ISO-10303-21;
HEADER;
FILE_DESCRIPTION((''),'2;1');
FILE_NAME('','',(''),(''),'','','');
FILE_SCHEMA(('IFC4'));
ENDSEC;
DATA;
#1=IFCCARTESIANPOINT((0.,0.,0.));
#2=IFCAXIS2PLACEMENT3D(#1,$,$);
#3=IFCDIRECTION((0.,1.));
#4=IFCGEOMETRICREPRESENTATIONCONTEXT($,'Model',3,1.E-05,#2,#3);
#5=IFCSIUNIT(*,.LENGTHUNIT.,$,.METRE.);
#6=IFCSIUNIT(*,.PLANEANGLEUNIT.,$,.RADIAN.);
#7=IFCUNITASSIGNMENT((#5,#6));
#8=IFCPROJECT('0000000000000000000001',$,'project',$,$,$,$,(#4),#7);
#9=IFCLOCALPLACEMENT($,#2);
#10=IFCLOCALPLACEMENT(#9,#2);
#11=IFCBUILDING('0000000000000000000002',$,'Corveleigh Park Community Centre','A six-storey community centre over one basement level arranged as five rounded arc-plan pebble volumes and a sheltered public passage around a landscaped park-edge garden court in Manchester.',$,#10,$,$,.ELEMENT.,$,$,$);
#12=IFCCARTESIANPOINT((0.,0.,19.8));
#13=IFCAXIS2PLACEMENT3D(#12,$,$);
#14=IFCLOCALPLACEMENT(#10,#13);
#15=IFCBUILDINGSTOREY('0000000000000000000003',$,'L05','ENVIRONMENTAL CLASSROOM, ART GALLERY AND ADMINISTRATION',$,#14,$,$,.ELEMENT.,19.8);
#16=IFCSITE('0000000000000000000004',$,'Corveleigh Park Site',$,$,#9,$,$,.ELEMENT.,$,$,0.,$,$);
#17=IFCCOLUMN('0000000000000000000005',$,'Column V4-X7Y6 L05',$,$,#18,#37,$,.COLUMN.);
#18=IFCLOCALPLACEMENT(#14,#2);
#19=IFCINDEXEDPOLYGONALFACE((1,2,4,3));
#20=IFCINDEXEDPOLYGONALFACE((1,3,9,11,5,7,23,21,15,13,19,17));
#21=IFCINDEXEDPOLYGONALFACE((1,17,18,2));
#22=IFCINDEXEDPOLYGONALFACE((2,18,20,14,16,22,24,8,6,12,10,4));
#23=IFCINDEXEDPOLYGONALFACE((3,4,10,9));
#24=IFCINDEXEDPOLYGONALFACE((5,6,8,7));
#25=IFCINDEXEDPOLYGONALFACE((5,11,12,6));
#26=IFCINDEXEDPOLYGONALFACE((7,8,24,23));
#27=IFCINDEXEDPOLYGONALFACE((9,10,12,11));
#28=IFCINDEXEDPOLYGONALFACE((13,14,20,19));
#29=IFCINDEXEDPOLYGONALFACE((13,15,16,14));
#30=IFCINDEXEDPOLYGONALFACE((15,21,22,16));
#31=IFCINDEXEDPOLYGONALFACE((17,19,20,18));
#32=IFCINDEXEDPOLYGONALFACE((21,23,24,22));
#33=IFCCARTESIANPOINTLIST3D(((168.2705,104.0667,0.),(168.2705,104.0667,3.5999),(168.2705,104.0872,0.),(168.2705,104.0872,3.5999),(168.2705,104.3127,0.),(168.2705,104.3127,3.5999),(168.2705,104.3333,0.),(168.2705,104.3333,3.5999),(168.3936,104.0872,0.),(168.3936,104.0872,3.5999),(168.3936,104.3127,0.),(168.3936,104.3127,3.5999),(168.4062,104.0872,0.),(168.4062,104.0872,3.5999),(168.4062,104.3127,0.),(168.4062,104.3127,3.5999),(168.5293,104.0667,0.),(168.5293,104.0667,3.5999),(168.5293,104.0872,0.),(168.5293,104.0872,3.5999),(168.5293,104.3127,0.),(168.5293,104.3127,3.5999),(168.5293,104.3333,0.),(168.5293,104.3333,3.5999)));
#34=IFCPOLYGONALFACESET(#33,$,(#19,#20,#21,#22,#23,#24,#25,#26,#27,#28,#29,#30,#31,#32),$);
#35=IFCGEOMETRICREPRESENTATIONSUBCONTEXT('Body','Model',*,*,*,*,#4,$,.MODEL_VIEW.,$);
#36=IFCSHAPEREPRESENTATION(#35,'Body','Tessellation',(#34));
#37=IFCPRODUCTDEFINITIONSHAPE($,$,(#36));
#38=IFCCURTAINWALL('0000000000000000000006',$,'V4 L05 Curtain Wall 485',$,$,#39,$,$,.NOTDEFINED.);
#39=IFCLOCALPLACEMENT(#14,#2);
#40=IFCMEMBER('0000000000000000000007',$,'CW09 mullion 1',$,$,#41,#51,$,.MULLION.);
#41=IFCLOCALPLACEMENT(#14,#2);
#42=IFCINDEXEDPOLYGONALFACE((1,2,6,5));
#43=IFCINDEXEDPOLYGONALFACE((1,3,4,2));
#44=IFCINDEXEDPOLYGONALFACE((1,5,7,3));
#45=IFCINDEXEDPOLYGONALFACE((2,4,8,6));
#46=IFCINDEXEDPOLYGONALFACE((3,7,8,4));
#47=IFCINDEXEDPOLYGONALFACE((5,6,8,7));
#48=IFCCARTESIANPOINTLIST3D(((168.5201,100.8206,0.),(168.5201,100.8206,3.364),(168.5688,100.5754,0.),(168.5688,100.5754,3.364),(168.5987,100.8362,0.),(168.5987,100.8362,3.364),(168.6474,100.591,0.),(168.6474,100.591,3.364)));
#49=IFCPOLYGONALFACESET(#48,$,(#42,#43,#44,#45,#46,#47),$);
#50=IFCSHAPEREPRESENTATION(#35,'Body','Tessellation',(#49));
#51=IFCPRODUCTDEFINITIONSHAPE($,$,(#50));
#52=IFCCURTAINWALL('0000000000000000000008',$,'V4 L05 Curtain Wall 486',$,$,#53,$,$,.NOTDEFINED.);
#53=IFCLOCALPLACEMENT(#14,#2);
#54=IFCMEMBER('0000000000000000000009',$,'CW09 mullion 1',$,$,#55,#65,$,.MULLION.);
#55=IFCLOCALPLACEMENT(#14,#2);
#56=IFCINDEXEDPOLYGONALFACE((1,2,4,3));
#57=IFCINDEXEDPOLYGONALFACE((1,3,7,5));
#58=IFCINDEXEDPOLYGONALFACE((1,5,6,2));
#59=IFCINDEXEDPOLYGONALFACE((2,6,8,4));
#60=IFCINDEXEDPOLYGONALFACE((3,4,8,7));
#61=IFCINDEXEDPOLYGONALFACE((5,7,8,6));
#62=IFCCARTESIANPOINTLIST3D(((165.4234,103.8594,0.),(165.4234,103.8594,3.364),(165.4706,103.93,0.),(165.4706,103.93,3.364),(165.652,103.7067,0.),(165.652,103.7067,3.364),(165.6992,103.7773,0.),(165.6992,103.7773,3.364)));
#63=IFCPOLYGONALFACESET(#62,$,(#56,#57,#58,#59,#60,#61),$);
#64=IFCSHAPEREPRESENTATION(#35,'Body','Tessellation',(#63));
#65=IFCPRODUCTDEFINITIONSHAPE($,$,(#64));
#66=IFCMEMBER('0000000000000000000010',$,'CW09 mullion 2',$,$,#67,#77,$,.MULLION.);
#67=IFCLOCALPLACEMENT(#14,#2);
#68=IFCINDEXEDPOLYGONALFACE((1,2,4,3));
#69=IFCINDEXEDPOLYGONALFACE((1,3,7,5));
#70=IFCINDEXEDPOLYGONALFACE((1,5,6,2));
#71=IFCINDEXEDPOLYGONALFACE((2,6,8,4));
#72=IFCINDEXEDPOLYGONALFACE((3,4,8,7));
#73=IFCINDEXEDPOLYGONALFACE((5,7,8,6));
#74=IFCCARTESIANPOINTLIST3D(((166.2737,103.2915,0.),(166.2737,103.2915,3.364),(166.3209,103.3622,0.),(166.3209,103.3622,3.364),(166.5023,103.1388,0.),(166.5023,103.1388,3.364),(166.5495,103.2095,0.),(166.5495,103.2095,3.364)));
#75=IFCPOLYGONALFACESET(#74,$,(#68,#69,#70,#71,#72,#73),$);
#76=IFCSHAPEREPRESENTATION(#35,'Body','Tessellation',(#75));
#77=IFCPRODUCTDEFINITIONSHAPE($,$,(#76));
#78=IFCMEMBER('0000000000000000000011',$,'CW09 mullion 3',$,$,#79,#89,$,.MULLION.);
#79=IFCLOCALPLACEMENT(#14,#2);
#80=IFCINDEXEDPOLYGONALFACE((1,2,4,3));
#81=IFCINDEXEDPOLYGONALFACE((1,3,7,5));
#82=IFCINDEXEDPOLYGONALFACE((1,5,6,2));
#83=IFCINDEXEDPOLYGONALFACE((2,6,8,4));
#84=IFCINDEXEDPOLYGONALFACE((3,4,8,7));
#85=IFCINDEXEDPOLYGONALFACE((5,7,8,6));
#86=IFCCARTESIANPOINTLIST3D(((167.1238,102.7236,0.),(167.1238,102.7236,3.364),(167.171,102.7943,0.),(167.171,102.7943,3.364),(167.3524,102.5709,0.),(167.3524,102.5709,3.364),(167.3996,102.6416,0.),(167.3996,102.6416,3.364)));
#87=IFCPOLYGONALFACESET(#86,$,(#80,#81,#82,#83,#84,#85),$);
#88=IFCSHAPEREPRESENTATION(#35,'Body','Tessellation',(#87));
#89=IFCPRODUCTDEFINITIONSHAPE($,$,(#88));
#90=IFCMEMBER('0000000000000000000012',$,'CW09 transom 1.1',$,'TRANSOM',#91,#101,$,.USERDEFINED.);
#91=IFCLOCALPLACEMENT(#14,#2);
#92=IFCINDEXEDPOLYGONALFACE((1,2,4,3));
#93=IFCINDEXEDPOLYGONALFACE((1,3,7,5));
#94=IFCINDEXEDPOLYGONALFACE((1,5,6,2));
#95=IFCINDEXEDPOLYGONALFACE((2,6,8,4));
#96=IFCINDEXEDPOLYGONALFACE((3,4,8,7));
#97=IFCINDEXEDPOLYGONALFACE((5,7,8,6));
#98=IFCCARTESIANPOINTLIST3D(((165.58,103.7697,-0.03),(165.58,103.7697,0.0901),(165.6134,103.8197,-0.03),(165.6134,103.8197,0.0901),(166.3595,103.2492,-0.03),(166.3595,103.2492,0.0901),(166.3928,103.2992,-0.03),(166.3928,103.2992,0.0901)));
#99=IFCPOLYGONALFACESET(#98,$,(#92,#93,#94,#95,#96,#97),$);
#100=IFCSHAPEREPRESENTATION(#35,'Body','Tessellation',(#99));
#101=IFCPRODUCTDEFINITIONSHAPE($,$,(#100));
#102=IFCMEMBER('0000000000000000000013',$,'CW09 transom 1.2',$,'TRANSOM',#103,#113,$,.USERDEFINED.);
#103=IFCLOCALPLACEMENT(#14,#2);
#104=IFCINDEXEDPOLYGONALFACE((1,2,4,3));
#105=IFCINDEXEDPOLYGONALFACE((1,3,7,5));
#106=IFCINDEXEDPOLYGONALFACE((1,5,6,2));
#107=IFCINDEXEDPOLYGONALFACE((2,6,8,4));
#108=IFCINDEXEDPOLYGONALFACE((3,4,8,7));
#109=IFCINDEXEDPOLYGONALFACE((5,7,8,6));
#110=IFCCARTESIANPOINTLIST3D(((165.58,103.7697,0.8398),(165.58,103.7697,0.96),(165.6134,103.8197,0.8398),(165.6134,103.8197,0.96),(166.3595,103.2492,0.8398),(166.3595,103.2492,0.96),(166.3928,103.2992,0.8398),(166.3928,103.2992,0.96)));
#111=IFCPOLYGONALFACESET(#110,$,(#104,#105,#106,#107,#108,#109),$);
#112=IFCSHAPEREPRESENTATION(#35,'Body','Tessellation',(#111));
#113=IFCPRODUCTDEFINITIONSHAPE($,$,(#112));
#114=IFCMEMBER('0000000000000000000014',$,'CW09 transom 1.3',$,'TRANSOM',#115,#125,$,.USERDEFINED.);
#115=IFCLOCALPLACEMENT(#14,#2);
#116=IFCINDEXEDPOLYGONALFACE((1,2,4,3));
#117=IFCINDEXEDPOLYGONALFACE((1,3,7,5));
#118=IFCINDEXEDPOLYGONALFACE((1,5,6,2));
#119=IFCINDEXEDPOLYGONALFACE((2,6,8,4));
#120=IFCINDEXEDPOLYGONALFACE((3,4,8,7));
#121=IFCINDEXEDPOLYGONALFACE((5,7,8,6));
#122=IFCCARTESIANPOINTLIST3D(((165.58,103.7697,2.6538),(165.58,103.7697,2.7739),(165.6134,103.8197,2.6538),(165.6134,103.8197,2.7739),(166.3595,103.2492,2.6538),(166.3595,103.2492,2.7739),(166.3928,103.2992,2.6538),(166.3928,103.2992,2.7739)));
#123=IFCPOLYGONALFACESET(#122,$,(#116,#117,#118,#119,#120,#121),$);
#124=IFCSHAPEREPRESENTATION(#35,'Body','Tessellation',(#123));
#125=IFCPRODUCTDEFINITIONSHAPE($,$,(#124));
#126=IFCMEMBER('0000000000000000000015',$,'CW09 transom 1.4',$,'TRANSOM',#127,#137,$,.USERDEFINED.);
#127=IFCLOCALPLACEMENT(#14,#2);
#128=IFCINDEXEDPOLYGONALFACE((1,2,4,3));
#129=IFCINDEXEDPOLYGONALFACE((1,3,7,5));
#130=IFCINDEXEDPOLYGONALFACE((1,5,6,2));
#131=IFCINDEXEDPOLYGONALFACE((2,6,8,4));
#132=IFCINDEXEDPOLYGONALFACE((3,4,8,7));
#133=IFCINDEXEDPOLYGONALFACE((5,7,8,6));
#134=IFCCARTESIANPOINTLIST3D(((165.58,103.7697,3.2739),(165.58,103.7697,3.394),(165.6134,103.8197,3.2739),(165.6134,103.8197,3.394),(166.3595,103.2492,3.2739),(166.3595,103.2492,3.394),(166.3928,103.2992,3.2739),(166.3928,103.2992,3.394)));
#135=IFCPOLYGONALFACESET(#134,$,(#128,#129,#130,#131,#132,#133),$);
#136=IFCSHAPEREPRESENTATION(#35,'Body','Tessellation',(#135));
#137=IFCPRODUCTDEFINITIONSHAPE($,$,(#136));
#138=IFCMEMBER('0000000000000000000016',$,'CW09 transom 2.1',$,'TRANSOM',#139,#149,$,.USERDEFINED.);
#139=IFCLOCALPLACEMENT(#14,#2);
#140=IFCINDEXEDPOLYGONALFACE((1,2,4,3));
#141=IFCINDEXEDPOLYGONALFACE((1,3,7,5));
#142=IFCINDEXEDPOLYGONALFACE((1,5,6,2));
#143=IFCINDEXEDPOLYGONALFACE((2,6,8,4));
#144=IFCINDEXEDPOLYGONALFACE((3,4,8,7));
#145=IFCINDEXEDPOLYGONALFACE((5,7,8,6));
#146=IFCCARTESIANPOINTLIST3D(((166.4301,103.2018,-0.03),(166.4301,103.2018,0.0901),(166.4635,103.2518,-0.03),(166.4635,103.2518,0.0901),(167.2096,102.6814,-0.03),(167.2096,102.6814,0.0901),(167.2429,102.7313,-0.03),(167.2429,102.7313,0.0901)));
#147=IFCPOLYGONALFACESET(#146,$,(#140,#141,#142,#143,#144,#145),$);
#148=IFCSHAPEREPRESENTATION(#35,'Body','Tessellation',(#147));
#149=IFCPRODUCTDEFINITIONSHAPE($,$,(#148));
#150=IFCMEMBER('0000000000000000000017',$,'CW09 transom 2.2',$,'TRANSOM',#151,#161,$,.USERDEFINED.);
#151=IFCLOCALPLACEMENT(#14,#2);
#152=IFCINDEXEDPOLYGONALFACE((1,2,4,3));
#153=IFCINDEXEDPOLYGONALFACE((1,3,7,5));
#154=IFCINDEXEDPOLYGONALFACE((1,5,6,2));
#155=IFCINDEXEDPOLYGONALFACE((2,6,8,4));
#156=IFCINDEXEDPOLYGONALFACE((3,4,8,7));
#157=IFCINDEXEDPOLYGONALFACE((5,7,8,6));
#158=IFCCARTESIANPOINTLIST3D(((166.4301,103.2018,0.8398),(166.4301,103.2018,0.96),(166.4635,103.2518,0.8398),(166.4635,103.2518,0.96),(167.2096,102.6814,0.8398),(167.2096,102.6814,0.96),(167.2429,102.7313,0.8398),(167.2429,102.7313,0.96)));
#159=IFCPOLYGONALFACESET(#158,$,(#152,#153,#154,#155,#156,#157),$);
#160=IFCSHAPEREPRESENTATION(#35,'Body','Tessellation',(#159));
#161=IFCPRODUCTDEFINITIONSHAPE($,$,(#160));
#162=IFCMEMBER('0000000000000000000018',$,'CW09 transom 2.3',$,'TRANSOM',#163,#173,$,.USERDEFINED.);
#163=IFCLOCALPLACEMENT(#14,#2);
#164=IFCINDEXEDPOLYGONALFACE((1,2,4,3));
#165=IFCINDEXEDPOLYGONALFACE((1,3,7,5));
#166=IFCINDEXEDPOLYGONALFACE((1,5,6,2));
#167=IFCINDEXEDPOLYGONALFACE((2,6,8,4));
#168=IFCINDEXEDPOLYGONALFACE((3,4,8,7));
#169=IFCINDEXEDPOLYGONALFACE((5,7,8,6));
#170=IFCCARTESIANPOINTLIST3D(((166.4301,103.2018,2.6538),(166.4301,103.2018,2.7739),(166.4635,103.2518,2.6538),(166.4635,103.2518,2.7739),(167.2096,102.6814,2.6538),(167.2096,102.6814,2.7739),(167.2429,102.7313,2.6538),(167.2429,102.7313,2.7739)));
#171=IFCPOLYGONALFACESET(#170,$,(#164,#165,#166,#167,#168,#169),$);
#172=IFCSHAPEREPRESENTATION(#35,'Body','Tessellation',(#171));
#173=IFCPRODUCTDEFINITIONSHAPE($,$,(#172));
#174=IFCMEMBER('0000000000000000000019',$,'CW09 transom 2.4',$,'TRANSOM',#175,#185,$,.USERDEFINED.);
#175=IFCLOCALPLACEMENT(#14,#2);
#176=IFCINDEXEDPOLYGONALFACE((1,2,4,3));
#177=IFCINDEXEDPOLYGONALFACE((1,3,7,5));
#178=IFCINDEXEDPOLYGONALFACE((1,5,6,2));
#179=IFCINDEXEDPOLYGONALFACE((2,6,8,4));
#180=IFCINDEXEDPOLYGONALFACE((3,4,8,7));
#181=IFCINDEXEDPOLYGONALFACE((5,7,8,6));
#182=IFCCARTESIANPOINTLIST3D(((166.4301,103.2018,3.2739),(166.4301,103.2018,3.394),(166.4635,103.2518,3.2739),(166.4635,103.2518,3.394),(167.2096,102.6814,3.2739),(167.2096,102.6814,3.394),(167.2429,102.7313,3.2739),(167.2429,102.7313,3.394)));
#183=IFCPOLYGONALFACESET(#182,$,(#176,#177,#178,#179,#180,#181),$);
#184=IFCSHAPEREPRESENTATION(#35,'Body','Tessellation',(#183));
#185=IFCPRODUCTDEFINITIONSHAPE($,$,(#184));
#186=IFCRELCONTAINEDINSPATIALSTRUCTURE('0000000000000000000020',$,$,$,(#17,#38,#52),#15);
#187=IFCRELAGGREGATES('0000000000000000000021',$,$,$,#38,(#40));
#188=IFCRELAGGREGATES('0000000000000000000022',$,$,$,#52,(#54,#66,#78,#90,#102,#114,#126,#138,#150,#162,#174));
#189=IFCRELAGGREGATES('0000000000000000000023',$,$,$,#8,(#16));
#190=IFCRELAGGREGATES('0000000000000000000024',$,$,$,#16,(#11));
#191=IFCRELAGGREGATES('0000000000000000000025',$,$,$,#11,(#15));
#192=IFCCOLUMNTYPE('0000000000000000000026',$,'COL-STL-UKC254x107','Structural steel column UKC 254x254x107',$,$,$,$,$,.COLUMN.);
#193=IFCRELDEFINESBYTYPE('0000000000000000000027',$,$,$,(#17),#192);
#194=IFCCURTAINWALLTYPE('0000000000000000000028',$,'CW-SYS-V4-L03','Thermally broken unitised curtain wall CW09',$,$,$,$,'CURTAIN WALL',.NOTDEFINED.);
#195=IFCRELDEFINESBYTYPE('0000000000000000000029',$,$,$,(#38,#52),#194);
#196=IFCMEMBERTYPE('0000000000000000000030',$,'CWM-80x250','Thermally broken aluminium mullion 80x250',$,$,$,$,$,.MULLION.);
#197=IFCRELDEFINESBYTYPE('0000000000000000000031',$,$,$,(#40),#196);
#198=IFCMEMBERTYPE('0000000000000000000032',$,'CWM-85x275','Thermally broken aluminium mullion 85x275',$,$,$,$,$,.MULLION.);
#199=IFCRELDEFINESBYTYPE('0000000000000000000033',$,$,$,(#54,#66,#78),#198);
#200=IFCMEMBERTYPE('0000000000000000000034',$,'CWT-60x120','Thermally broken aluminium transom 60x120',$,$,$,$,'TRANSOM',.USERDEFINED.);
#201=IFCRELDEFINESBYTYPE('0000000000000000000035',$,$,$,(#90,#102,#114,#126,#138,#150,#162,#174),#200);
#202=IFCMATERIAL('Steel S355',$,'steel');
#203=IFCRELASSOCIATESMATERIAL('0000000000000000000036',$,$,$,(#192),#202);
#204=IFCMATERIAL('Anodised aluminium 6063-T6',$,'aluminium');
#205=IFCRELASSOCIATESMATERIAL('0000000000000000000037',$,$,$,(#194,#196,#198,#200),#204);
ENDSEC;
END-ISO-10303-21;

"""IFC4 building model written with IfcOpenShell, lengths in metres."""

from ifc_helpers import new_model, si_unit, direction, frame, origin, origin_2d, place, context, subcontext, project, spatial, rectangle, i_section, extrude, material, material_profile, profile_set, type_object, element, aggregate, save


model = new_model("IFC4")

# Units and contexts
model_context = context("Model", 3, precision=1e-05, world=origin(), true_north=direction((0.0, 1.0)))
body_context = subcontext(model_context, "Body", "Model", "MODEL_VIEW")
ifc_project = project(units=[si_unit("LENGTHUNIT", "METRE"), si_unit("PLANEANGLEUNIT", "RADIAN")], contexts=[model_context])

# Site, building, storey
site_placement = place(None, origin())
site = spatial("IfcSite", under=ifc_project, at=site_placement, Name="Corveleigh Park Site", CompositionType="ELEMENT", RefElevation=0.0)
building_placement = place(site_placement, origin())
building = spatial("IfcBuilding", under=site, at=building_placement, Name="Corveleigh Park Community Centre", Description="A six-storey community centre over one basement level arranged as five rounded arc-plan pebble volumes and a sheltered public passage around a landscaped park-edge garden court in Manchester.", CompositionType="ELEMENT")
storey_placement = place(building_placement, frame((0.0, 0.0, 19.8)))
storey = spatial("IfcBuildingStorey", under=building, at=storey_placement, Name="L05", Description="ENVIRONMENTAL CLASSROOM, ART GALLERY AND ADMINISTRATION", CompositionType="ELEMENT", Elevation=19.8)

# Column
ifc_material_1 = material(Name="Steel S355", Category="steel")
ifc_material_profile_1 = material_profile(ifc_material_1, i_section(OverallWidth=0.2588, OverallDepth=0.2666, WebThickness=0.0127, FlangeThickness=0.0205, at=origin_2d()), Name="UKC 254x254x107", Category="steel")
ifc_profile_set_1 = profile_set([ifc_material_profile_1], Name="Steel S355")
column_type = type_object("IfcColumnType", Name="COL-STL-UKC254x107", Description="Structural steel column UKC 254x254x107", PredefinedType="COLUMN", material=ifc_profile_set_1)
column_placement = place(storey_placement, frame((168.3999, 104.2, 0.0), z_axis=(0.0, 0.0, 1.0), x_axis=(1.0, 0.0, 0.0)))
element("IfcColumn", 1, at=column_placement, inside=storey, type_object=column_type, Name="Column V4-X7Y6 L05", PredefinedType="COLUMN", context=body_context, shape_type="SweptSolid", body=[
    extrude(i_section(OverallWidth=0.2588, OverallDepth=0.2666, WebThickness=0.0127, FlangeThickness=0.0205, at=origin_2d()), origin(), (0.0, 0.0, 1.0), 3.5999),
])

# Curtain wall, member
ifc_material_2 = material(Name="Anodised aluminium 6063-T6", Category="aluminium")
curtain_wall_type = type_object("IfcCurtainWallType", Name="CW-SYS-V4-L03", Description="Thermally broken unitised curtain wall CW09", ElementType="CURTAIN WALL", PredefinedType="NOTDEFINED", material=ifc_material_2)
curtain_wall_1_placement = place(storey_placement, origin())
curtain_wall_1 = element("IfcCurtainWall", 2, at=curtain_wall_1_placement, inside=storey, type_object=curtain_wall_type, Name="V4 L05 Curtain Wall 485", PredefinedType="NOTDEFINED")
ifc_material_profile_2 = material_profile(ifc_material_2, rectangle(XDim=0.0801, YDim=0.25, at=origin_2d()), Name="ALU-M80x250", Category="aluminium")
ifc_profile_set_2 = profile_set([ifc_material_profile_2], Name="Anodised aluminium 6063-T6")
member_type_1 = type_object("IfcMemberType", Name="CWM-80x250", Description="Thermally broken aluminium mullion 80x250", PredefinedType="MULLION", material=ifc_profile_set_2)
member_1_placement = place(storey_placement, frame((168.5837, 100.7058, 0.0), z_axis=(0.0, 0.0, 1.0), x_axis=(0.980846, 0.194784, 0.0)))
member_1 = element("IfcMember", 3, at=member_1_placement, type_object=member_type_1, Name="CW09 mullion 1", PredefinedType="MULLION", context=body_context, shape_type="SweptSolid", body=[
    extrude(rectangle(XDim=0.0801, YDim=0.25, at=origin_2d()), origin(), (0.0, 0.0, 1.0), 3.364),
])

# Curtain wall, members
curtain_wall_2_placement = place(storey_placement, origin())
curtain_wall_2 = element("IfcCurtainWall", 4, at=curtain_wall_2_placement, inside=storey, type_object=curtain_wall_type, Name="V4 L05 Curtain Wall 486", PredefinedType="NOTDEFINED")
ifc_material_profile_3 = material_profile(ifc_material_2, rectangle(XDim=0.085, YDim=0.2749, at=origin_2d()), Name="ALU-M85x275", Category="aluminium")
ifc_profile_set_3 = profile_set([ifc_material_profile_3], Name="Anodised aluminium 6063-T6")
member_type_2 = type_object("IfcMemberType", Name="CWM-85x275", Description="Thermally broken aluminium mullion 85x275", PredefinedType="MULLION", material=ifc_profile_set_3)
member_2_placement = place(storey_placement, frame((165.5613, 103.8184, 0.0), z_axis=(0.0, 0.0, 1.0), x_axis=(0.555458, 0.831544, 0.0)))
member_2 = element("IfcMember", 5, at=member_2_placement, type_object=member_type_2, Name="CW09 mullion 1", PredefinedType="MULLION", context=body_context, shape_type="SweptSolid", body=[
    extrude(rectangle(XDim=0.085, YDim=0.2749, at=origin_2d()), origin(), (0.0, 0.0, 1.0), 3.364),
])
member_3_placement = place(storey_placement, frame((166.4116, 103.2505, 0.0), z_axis=(0.0, 0.0, 1.0), x_axis=(0.555458, 0.831544, 0.0)))
member_3 = element("IfcMember", 6, at=member_3_placement, type_object=member_type_2, Name="CW09 mullion 2", PredefinedType="MULLION", context=body_context, shape_type="SweptSolid", body=[
    extrude(rectangle(XDim=0.085, YDim=0.2749, at=origin_2d()), origin(), (0.0, 0.0, 1.0), 3.364),
])
member_4_placement = place(storey_placement, frame((167.2617, 102.6826, 0.0), z_axis=(0.0, 0.0, 1.0), x_axis=(0.555458, 0.831544, 0.0)))
member_4 = element("IfcMember", 7, at=member_4_placement, type_object=member_type_2, Name="CW09 mullion 3", PredefinedType="MULLION", context=body_context, shape_type="SweptSolid", body=[
    extrude(rectangle(XDim=0.085, YDim=0.2749, at=origin_2d()), origin(), (0.0, 0.0, 1.0), 3.364),
])
ifc_material_profile_4 = material_profile(ifc_material_2, rectangle(XDim=0.0601, YDim=0.1201, at=origin_2d()), Name="ALU-T60x120", Category="aluminium")
ifc_profile_set_4 = profile_set([ifc_material_profile_4], Name="Anodised aluminium 6063-T6")
member_type_3 = type_object("IfcMemberType", Name="CWT-60x120", Description="Thermally broken aluminium transom 60x120", ElementType="TRANSOM", PredefinedType="USERDEFINED", material=ifc_profile_set_4)
member_5_placement = place(storey_placement, frame((165.5967, 103.7947, 0.03), z_axis=(0.831649, -0.555301, 0.0), x_axis=(0.555301, 0.831649, 0.0)))
member_5 = element("IfcMember", 8, at=member_5_placement, type_object=member_type_3, Name="CW09 transom 1.1", ObjectType="TRANSOM", PredefinedType="USERDEFINED", context=body_context, shape_type="SweptSolid", body=[
    extrude(rectangle(XDim=0.0601, YDim=0.1201, at=origin_2d()), origin(), (0.0, 0.0, 1.0), 0.9373),
])
member_6_placement = place(storey_placement, frame((165.5967, 103.7947, 0.8999), z_axis=(0.831649, -0.555301, 0.0), x_axis=(0.555301, 0.831649, 0.0)))
member_6 = element("IfcMember", 9, at=member_6_placement, type_object=member_type_3, Name="CW09 transom 1.2", ObjectType="TRANSOM", PredefinedType="USERDEFINED", context=body_context, shape_type="SweptSolid", body=[
    extrude(rectangle(XDim=0.0601, YDim=0.1201, at=origin_2d()), origin(), (0.0, 0.0, 1.0), 0.9373),
])
member_7_placement = place(storey_placement, frame((165.5967, 103.7947, 2.7139), z_axis=(0.831649, -0.555301, 0.0), x_axis=(0.555301, 0.831649, 0.0)))
member_7 = element("IfcMember", 10, at=member_7_placement, type_object=member_type_3, Name="CW09 transom 1.3", ObjectType="TRANSOM", PredefinedType="USERDEFINED", context=body_context, shape_type="SweptSolid", body=[
    extrude(rectangle(XDim=0.0601, YDim=0.1201, at=origin_2d()), origin(), (0.0, 0.0, 1.0), 0.9373),
])
member_8_placement = place(storey_placement, frame((165.5967, 103.7947, 3.334), z_axis=(0.831649, -0.555301, 0.0), x_axis=(0.555301, 0.831649, 0.0)))
member_8 = element("IfcMember", 11, at=member_8_placement, type_object=member_type_3, Name="CW09 transom 1.4", ObjectType="TRANSOM", PredefinedType="USERDEFINED", context=body_context, shape_type="SweptSolid", body=[
    extrude(rectangle(XDim=0.0601, YDim=0.1201, at=origin_2d()), origin(), (0.0, 0.0, 1.0), 0.9373),
])
member_9_placement = place(storey_placement, frame((166.4468, 103.2268, 0.03), z_axis=(0.831649, -0.555301, 0.0), x_axis=(0.555301, 0.831649, 0.0)))
member_9 = element("IfcMember", 12, at=member_9_placement, type_object=member_type_3, Name="CW09 transom 2.1", ObjectType="TRANSOM", PredefinedType="USERDEFINED", context=body_context, shape_type="SweptSolid", body=[
    extrude(rectangle(XDim=0.0601, YDim=0.1201, at=origin_2d()), origin(), (0.0, 0.0, 1.0), 0.9373),
])
member_10_placement = place(storey_placement, frame((166.4468, 103.2268, 0.8999), z_axis=(0.831649, -0.555301, 0.0), x_axis=(0.555301, 0.831649, 0.0)))
member_10 = element("IfcMember", 13, at=member_10_placement, type_object=member_type_3, Name="CW09 transom 2.2", ObjectType="TRANSOM", PredefinedType="USERDEFINED", context=body_context, shape_type="SweptSolid", body=[
    extrude(rectangle(XDim=0.0601, YDim=0.1201, at=origin_2d()), origin(), (0.0, 0.0, 1.0), 0.9373),
])
member_11_placement = place(storey_placement, frame((166.4468, 103.2268, 2.7139), z_axis=(0.831649, -0.555301, 0.0), x_axis=(0.555301, 0.831649, 0.0)))
member_11 = element("IfcMember", 14, at=member_11_placement, type_object=member_type_3, Name="CW09 transom 2.3", ObjectType="TRANSOM", PredefinedType="USERDEFINED", context=body_context, shape_type="SweptSolid", body=[
    extrude(rectangle(XDim=0.0601, YDim=0.1201, at=origin_2d()), origin(), (0.0, 0.0, 1.0), 0.9373),
])
member_12_placement = place(storey_placement, frame((166.4468, 103.2268, 3.334), z_axis=(0.831649, -0.555301, 0.0), x_axis=(0.555301, 0.831649, 0.0)))
member_12 = element("IfcMember", 15, at=member_12_placement, type_object=member_type_3, Name="CW09 transom 2.4", ObjectType="TRANSOM", PredefinedType="USERDEFINED", context=body_context, shape_type="SweptSolid", body=[
    extrude(rectangle(XDim=0.0601, YDim=0.1201, at=origin_2d()), origin(), (0.0, 0.0, 1.0), 0.9373),
])

aggregate(curtain_wall_1, [member_1])

aggregate(curtain_wall_2, [member_2, member_3, member_4, member_5, member_6, member_7, member_8, member_9, member_10, member_11, member_12])

save(model, "model.ifc")
